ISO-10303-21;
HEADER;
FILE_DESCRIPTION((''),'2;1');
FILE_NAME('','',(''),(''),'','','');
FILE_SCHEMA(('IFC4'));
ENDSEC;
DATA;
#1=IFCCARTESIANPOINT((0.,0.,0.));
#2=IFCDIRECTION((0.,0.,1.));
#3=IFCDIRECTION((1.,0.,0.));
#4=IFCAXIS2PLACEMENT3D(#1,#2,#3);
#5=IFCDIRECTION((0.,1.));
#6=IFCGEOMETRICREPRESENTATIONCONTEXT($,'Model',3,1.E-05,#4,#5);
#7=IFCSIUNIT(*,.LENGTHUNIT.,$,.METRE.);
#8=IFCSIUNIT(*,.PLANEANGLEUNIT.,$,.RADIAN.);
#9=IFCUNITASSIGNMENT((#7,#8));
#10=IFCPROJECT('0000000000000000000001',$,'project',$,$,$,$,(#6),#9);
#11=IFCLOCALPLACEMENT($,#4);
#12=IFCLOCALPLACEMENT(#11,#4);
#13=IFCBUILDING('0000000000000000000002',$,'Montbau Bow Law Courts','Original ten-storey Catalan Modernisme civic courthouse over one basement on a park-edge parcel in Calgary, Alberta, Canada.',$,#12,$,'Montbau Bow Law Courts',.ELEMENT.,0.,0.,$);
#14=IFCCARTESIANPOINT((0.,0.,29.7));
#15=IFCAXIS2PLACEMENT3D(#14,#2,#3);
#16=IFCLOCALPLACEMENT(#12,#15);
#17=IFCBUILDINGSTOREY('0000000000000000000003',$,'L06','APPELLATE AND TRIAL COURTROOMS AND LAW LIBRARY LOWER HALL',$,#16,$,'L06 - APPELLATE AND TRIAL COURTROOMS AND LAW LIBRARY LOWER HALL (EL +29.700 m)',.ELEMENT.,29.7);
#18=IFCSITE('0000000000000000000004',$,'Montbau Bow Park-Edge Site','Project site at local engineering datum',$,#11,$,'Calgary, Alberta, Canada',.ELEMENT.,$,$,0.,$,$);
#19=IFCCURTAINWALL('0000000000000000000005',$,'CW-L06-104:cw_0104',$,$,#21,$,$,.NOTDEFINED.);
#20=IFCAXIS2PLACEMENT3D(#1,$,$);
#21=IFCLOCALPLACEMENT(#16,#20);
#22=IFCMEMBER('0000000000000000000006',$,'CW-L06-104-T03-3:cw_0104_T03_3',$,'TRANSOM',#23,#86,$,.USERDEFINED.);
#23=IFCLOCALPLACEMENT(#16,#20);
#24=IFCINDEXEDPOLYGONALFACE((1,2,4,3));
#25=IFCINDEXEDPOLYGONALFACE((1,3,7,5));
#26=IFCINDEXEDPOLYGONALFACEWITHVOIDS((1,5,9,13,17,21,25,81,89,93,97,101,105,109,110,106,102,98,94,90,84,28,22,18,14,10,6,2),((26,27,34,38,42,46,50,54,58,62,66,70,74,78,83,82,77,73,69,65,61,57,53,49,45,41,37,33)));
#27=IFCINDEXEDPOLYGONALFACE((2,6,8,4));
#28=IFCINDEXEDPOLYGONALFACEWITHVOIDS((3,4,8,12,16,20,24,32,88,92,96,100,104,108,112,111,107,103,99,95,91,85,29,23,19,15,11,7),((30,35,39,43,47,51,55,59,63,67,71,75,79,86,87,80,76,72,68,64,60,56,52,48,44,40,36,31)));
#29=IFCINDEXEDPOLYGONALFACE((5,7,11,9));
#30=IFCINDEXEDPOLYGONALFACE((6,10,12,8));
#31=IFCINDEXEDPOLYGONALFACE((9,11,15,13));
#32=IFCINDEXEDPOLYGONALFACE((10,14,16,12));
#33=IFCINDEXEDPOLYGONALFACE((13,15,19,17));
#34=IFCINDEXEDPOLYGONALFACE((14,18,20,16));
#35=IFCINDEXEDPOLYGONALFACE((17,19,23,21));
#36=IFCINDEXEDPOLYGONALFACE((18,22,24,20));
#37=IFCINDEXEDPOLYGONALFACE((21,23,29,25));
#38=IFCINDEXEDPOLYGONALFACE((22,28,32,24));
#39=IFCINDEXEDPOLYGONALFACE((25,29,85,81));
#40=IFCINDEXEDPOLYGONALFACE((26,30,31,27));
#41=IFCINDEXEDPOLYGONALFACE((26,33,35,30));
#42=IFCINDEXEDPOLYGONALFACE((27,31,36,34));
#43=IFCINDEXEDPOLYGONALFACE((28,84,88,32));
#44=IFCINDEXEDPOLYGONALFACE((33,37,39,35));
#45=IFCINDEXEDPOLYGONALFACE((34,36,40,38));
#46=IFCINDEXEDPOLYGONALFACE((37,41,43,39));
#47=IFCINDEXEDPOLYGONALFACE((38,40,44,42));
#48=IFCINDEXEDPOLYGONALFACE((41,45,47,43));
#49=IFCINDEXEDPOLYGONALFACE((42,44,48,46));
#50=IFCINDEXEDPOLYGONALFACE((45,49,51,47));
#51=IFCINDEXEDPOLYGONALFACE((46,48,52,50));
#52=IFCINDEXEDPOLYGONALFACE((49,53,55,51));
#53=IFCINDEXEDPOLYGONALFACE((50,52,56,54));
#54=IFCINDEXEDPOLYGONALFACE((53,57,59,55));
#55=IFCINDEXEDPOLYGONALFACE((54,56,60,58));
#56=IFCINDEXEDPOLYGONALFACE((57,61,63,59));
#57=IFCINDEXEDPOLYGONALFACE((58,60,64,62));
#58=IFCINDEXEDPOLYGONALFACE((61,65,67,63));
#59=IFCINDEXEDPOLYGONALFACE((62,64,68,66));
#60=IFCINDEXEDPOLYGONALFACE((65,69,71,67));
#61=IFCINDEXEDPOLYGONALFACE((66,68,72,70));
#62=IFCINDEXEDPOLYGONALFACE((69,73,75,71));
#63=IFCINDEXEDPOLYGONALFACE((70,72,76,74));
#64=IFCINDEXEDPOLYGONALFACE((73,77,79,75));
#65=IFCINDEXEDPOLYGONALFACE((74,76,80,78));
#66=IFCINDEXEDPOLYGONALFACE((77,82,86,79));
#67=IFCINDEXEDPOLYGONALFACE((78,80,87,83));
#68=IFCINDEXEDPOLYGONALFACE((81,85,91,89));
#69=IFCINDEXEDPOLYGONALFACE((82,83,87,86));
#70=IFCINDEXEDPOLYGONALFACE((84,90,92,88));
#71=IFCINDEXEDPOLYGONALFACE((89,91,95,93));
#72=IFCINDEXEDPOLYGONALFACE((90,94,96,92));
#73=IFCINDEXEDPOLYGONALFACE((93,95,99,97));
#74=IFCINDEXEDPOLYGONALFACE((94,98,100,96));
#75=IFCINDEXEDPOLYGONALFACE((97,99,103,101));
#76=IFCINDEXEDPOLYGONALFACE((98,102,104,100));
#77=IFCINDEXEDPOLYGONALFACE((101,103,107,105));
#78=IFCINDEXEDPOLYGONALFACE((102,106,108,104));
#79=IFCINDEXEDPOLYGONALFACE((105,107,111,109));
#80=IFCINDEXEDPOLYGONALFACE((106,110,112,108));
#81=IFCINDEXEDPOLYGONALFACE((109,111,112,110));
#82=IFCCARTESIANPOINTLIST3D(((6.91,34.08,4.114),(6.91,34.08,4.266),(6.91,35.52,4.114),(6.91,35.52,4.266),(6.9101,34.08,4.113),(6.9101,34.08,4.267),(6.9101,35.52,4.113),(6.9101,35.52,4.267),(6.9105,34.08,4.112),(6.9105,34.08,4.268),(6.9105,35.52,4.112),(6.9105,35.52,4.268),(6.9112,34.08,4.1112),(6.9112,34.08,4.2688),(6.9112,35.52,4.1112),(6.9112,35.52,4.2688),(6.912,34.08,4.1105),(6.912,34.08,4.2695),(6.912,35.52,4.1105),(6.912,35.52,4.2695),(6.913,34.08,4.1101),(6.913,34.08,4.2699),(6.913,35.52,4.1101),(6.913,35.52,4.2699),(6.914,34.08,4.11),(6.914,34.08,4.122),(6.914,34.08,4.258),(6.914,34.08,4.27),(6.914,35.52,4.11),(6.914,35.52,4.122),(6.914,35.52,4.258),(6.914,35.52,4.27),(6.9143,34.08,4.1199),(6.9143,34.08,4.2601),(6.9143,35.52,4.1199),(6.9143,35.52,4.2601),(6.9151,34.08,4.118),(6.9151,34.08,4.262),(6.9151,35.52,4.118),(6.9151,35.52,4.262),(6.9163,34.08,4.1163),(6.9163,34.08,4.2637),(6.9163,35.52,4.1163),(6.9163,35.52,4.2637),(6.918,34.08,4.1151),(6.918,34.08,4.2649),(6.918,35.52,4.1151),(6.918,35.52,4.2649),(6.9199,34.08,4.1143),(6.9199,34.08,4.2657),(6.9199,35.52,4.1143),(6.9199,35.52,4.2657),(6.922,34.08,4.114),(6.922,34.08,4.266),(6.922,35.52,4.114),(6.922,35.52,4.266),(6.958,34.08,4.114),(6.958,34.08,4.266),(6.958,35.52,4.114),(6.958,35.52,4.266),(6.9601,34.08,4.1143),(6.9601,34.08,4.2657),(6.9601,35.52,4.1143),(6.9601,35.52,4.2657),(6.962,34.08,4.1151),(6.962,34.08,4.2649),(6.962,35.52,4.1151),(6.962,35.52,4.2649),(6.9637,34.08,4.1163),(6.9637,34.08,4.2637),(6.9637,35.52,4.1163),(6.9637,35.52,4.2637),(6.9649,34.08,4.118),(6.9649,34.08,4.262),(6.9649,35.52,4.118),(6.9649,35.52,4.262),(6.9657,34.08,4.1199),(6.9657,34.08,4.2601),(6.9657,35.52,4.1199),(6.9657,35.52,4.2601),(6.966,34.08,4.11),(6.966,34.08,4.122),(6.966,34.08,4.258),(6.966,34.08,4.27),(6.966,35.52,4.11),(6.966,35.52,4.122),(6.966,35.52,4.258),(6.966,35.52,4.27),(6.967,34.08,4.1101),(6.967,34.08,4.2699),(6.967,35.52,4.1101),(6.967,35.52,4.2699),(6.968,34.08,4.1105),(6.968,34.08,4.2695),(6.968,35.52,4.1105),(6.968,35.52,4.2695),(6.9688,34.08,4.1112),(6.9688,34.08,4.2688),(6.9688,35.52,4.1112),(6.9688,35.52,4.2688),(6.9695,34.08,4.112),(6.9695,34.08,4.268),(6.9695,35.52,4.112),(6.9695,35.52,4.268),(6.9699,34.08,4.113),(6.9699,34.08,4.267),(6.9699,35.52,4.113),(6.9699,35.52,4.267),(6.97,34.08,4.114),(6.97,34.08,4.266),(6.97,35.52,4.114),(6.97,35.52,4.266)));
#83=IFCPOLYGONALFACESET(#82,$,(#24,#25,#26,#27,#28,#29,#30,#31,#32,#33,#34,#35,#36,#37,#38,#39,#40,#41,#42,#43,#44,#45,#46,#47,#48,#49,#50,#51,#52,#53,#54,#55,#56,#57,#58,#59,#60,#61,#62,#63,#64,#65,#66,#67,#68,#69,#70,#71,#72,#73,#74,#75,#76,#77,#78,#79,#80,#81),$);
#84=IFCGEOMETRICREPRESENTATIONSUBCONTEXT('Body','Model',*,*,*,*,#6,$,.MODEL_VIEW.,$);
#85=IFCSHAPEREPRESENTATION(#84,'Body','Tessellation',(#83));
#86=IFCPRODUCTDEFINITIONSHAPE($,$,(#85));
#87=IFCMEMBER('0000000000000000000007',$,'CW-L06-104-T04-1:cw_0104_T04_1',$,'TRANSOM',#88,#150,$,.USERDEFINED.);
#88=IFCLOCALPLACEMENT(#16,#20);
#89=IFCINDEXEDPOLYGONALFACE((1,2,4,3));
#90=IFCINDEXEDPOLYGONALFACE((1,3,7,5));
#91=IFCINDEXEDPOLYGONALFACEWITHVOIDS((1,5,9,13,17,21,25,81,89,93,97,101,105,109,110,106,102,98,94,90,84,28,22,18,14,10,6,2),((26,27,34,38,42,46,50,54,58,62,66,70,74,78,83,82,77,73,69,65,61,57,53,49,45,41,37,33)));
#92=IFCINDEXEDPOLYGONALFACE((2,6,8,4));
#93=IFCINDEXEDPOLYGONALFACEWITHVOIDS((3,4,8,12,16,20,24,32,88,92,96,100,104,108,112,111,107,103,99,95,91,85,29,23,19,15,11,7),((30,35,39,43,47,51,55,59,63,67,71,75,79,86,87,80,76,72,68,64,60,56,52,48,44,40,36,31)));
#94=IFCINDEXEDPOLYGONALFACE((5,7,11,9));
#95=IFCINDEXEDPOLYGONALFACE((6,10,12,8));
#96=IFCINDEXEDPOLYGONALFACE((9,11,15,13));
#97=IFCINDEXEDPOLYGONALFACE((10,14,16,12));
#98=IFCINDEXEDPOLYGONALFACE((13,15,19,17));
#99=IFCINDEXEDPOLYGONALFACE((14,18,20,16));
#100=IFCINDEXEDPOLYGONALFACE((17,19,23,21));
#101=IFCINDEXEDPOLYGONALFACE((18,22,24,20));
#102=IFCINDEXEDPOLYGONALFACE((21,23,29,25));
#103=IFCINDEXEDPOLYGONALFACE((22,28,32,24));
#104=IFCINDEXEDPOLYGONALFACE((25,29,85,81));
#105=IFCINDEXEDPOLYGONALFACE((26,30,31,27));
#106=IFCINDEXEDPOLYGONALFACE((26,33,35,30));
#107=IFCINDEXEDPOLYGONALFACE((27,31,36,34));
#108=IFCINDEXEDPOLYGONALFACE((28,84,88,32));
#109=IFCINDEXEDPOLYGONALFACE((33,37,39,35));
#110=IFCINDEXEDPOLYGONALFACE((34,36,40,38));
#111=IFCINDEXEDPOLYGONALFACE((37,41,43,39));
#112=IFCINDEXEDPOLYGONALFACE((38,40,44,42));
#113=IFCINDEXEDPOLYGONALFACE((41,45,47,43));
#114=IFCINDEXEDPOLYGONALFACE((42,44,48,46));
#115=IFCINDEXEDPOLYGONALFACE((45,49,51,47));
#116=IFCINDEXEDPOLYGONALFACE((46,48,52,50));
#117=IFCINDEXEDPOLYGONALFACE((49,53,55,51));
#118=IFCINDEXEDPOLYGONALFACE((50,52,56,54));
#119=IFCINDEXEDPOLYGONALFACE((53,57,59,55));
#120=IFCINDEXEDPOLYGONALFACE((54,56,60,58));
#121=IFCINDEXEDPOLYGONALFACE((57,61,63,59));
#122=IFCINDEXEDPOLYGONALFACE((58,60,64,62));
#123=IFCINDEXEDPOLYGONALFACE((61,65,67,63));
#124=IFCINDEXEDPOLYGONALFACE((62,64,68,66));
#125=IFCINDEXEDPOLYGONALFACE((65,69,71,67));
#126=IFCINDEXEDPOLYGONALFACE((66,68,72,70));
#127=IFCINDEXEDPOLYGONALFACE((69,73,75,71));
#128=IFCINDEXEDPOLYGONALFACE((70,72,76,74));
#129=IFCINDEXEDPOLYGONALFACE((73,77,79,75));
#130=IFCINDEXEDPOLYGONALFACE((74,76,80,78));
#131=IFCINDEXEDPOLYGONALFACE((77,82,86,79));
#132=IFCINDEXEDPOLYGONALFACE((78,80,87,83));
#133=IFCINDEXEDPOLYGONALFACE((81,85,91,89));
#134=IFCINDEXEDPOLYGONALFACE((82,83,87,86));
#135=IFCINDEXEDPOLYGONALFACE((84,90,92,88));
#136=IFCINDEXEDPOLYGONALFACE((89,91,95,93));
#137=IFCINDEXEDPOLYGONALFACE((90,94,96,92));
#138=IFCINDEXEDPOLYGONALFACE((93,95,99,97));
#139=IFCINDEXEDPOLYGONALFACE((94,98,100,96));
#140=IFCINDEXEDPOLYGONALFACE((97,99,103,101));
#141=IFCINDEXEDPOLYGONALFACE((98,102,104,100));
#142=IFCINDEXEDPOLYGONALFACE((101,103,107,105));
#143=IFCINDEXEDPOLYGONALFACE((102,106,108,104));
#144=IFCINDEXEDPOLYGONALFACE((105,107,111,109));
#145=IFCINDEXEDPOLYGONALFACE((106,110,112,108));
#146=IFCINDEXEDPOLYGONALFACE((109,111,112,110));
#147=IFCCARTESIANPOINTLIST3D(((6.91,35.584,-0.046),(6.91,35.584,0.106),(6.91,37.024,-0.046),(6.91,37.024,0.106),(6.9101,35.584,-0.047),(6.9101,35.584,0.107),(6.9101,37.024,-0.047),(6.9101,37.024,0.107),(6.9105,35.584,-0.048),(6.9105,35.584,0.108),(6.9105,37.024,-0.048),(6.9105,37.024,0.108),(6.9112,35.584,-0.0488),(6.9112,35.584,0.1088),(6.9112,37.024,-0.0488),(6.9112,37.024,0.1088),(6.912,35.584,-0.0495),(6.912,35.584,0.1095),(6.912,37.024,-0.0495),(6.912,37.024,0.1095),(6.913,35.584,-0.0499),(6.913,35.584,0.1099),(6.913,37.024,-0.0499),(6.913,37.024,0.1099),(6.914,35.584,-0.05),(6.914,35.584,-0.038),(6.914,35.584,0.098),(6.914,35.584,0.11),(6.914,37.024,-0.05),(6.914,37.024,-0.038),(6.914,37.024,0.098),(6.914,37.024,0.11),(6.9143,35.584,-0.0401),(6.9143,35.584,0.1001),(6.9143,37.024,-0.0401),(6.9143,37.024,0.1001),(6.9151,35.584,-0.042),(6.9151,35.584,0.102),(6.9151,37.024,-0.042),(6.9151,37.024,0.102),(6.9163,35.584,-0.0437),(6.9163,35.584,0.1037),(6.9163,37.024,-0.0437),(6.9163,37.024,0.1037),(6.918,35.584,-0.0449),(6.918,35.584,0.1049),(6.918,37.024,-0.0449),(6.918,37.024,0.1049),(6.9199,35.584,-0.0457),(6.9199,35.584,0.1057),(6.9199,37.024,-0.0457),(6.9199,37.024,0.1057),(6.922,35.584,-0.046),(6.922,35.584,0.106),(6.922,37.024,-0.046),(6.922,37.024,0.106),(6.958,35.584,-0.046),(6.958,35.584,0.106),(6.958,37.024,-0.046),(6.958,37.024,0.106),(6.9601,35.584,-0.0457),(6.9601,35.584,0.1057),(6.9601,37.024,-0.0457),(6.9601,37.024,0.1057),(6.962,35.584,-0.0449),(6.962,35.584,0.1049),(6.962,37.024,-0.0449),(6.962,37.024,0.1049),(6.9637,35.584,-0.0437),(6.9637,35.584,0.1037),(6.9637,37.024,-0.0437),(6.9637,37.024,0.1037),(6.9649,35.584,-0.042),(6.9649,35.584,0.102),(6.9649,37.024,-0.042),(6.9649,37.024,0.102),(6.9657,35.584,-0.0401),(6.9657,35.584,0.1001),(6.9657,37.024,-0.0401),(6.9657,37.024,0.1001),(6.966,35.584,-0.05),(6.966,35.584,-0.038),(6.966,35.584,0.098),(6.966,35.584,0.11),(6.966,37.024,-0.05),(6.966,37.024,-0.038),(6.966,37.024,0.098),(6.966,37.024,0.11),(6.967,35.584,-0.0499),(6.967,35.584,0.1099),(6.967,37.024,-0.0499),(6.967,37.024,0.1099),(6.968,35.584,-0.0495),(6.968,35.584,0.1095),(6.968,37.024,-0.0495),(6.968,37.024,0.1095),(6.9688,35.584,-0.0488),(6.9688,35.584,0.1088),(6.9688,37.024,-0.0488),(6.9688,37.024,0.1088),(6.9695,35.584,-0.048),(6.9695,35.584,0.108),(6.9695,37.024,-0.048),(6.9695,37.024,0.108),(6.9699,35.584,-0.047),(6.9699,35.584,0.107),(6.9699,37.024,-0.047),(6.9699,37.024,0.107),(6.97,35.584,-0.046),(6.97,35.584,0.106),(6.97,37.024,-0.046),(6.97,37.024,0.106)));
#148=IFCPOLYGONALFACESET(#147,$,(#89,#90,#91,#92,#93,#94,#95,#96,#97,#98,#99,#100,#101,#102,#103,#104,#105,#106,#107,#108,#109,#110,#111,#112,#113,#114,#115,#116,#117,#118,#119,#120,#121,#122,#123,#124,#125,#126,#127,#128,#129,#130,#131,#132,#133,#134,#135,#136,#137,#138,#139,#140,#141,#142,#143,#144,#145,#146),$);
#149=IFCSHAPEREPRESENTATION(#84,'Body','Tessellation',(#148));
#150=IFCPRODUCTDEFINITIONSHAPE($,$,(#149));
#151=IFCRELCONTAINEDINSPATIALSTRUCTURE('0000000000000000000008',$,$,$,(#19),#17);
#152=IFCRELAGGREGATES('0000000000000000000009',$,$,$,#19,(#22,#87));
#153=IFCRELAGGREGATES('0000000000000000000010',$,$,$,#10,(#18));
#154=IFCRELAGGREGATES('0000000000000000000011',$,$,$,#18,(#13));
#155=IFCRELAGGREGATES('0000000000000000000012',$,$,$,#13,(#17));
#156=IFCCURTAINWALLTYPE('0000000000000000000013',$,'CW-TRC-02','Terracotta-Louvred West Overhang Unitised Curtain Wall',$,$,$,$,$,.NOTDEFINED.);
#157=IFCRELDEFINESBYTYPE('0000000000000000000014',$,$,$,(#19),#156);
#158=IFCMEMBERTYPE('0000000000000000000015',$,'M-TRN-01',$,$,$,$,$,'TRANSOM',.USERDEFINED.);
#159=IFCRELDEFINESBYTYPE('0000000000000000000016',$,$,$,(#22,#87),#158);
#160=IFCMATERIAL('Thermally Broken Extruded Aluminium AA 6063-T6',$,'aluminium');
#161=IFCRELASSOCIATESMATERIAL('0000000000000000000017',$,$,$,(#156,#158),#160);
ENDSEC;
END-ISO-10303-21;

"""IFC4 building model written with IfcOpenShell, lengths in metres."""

from ifc_helpers import new_model, si_unit, direction, frame, origin_with_axes, origin_2d_with_axis, place, context, subcontext, project, spatial, hollow_rectangle, extrude, material, material_profile, profile_set, type_object, element, aggregate, save


model = new_model("IFC4")

# Units and contexts
model_context = context("Model", 3, precision=1e-05, world=origin_with_axes(), true_north=direction((0.0, 1.0)))
body_context = subcontext(model_context, "Body", "Model", "MODEL_VIEW")
ifc_project = project(units=[si_unit("LENGTHUNIT", "METRE"), si_unit("PLANEANGLEUNIT", "RADIAN")], contexts=[model_context])

# Site, building, storey
site_placement = place(None, origin_with_axes())
site = spatial("IfcSite", under=ifc_project, at=site_placement, Name="Montbau Bow Park-Edge Site", Description="Project site at local engineering datum", LongName="Calgary, Alberta, Canada", CompositionType="ELEMENT", RefElevation=0.0)
building_placement = place(site_placement, origin_with_axes())
building = spatial("IfcBuilding", under=site, at=building_placement, Name="Montbau Bow Law Courts", Description="Original ten-storey Catalan Modernisme civic courthouse over one basement on a park-edge parcel in Calgary, Alberta, Canada.", LongName="Montbau Bow Law Courts", CompositionType="ELEMENT", ElevationOfRefHeight=0.0, ElevationOfTerrain=0.0)
storey_placement = place(building_placement, frame((0.0, 0.0, 29.7), z_axis=(0.0, 0.0, 1.0), x_axis=(1.0, 0.0, 0.0)))
storey = spatial("IfcBuildingStorey", under=building, at=storey_placement, Name="L06", Description="APPELLATE AND TRIAL COURTROOMS AND LAW LIBRARY LOWER HALL", LongName="L06 - APPELLATE AND TRIAL COURTROOMS AND LAW LIBRARY LOWER HALL (EL +29.700 m)", CompositionType="ELEMENT", Elevation=29.7)

# Curtain wall, members
ifc_material_1 = material(Name="Thermally Broken Extruded Aluminium AA 6063-T6", Category="aluminium")
curtain_wall_type = type_object("IfcCurtainWallType", Name="CW-TRC-02", Description="Terracotta-Louvred West Overhang Unitised Curtain Wall", PredefinedType="NOTDEFINED", material=ifc_material_1)
curtain_wall_placement = place(None, frame((6.94, 31.04, 29.7), z_axis=(0.0, 0.0, 1.0), x_axis=(1.0, 0.0, 0.0)))
curtain_wall = element("IfcCurtainWall", 1, at=curtain_wall_placement, inside=storey, type_object=curtain_wall_type, Name="CW-L06-104:cw_0104", PredefinedType="NOTDEFINED")
ifc_material_profile_1 = material_profile(ifc_material_1, hollow_rectangle(XDim=0.06, YDim=0.16, WallThickness=0.004, InnerFilletRadius=0.008, OuterFilletRadius=0.004, at=origin_2d_with_axis()), Name="CWT-160X60", Category="Main", Priority=0)
ifc_profile_set_1 = profile_set([ifc_material_profile_1], Name="Thermally Broken Extruded Aluminium AA 6063-T6")
member_type_1 = type_object("IfcMemberType", Name="M-TRN-01", ElementType="TRANSOM", PredefinedType="USERDEFINED", material=ifc_profile_set_1)
member_1_placement = place(None, frame((6.94, 34.08, 33.89), z_axis=(0.0, 1.0, 0.0), x_axis=(-1.0, 0.0, 0.0)))
member_1 = element("IfcMember", 2, at=member_1_placement, type_object=member_type_1, Name="CW-L06-104-T03-3:cw_0104_T03_3", ObjectType="TRANSOM", PredefinedType="USERDEFINED", context=body_context, shape_type="SweptSolid", body=[
    extrude(hollow_rectangle(XDim=0.06, YDim=0.16, WallThickness=0.004, InnerFilletRadius=0.008, OuterFilletRadius=0.004, at=origin_2d_with_axis()), origin_with_axes(), (0.0, 0.0, 1.0), 1.44),
])
member_2_placement = place(None, frame((6.94, 35.584, 29.73), z_axis=(0.0, 1.0, 0.0), x_axis=(-1.0, 0.0, 0.0)))
member_2 = element("IfcMember", 3, at=member_2_placement, type_object=member_type_1, Name="CW-L06-104-T04-1:cw_0104_T04_1", ObjectType="TRANSOM", PredefinedType="USERDEFINED", context=body_context, shape_type="SweptSolid", body=[
    extrude(hollow_rectangle(XDim=0.06, YDim=0.16, WallThickness=0.004, InnerFilletRadius=0.008, OuterFilletRadius=0.004, at=origin_2d_with_axis()), origin_with_axes(), (0.0, 0.0, 1.0), 1.44),
])
aggregate(curtain_wall, [member_1, member_2])

save(model, "model.ifc")
